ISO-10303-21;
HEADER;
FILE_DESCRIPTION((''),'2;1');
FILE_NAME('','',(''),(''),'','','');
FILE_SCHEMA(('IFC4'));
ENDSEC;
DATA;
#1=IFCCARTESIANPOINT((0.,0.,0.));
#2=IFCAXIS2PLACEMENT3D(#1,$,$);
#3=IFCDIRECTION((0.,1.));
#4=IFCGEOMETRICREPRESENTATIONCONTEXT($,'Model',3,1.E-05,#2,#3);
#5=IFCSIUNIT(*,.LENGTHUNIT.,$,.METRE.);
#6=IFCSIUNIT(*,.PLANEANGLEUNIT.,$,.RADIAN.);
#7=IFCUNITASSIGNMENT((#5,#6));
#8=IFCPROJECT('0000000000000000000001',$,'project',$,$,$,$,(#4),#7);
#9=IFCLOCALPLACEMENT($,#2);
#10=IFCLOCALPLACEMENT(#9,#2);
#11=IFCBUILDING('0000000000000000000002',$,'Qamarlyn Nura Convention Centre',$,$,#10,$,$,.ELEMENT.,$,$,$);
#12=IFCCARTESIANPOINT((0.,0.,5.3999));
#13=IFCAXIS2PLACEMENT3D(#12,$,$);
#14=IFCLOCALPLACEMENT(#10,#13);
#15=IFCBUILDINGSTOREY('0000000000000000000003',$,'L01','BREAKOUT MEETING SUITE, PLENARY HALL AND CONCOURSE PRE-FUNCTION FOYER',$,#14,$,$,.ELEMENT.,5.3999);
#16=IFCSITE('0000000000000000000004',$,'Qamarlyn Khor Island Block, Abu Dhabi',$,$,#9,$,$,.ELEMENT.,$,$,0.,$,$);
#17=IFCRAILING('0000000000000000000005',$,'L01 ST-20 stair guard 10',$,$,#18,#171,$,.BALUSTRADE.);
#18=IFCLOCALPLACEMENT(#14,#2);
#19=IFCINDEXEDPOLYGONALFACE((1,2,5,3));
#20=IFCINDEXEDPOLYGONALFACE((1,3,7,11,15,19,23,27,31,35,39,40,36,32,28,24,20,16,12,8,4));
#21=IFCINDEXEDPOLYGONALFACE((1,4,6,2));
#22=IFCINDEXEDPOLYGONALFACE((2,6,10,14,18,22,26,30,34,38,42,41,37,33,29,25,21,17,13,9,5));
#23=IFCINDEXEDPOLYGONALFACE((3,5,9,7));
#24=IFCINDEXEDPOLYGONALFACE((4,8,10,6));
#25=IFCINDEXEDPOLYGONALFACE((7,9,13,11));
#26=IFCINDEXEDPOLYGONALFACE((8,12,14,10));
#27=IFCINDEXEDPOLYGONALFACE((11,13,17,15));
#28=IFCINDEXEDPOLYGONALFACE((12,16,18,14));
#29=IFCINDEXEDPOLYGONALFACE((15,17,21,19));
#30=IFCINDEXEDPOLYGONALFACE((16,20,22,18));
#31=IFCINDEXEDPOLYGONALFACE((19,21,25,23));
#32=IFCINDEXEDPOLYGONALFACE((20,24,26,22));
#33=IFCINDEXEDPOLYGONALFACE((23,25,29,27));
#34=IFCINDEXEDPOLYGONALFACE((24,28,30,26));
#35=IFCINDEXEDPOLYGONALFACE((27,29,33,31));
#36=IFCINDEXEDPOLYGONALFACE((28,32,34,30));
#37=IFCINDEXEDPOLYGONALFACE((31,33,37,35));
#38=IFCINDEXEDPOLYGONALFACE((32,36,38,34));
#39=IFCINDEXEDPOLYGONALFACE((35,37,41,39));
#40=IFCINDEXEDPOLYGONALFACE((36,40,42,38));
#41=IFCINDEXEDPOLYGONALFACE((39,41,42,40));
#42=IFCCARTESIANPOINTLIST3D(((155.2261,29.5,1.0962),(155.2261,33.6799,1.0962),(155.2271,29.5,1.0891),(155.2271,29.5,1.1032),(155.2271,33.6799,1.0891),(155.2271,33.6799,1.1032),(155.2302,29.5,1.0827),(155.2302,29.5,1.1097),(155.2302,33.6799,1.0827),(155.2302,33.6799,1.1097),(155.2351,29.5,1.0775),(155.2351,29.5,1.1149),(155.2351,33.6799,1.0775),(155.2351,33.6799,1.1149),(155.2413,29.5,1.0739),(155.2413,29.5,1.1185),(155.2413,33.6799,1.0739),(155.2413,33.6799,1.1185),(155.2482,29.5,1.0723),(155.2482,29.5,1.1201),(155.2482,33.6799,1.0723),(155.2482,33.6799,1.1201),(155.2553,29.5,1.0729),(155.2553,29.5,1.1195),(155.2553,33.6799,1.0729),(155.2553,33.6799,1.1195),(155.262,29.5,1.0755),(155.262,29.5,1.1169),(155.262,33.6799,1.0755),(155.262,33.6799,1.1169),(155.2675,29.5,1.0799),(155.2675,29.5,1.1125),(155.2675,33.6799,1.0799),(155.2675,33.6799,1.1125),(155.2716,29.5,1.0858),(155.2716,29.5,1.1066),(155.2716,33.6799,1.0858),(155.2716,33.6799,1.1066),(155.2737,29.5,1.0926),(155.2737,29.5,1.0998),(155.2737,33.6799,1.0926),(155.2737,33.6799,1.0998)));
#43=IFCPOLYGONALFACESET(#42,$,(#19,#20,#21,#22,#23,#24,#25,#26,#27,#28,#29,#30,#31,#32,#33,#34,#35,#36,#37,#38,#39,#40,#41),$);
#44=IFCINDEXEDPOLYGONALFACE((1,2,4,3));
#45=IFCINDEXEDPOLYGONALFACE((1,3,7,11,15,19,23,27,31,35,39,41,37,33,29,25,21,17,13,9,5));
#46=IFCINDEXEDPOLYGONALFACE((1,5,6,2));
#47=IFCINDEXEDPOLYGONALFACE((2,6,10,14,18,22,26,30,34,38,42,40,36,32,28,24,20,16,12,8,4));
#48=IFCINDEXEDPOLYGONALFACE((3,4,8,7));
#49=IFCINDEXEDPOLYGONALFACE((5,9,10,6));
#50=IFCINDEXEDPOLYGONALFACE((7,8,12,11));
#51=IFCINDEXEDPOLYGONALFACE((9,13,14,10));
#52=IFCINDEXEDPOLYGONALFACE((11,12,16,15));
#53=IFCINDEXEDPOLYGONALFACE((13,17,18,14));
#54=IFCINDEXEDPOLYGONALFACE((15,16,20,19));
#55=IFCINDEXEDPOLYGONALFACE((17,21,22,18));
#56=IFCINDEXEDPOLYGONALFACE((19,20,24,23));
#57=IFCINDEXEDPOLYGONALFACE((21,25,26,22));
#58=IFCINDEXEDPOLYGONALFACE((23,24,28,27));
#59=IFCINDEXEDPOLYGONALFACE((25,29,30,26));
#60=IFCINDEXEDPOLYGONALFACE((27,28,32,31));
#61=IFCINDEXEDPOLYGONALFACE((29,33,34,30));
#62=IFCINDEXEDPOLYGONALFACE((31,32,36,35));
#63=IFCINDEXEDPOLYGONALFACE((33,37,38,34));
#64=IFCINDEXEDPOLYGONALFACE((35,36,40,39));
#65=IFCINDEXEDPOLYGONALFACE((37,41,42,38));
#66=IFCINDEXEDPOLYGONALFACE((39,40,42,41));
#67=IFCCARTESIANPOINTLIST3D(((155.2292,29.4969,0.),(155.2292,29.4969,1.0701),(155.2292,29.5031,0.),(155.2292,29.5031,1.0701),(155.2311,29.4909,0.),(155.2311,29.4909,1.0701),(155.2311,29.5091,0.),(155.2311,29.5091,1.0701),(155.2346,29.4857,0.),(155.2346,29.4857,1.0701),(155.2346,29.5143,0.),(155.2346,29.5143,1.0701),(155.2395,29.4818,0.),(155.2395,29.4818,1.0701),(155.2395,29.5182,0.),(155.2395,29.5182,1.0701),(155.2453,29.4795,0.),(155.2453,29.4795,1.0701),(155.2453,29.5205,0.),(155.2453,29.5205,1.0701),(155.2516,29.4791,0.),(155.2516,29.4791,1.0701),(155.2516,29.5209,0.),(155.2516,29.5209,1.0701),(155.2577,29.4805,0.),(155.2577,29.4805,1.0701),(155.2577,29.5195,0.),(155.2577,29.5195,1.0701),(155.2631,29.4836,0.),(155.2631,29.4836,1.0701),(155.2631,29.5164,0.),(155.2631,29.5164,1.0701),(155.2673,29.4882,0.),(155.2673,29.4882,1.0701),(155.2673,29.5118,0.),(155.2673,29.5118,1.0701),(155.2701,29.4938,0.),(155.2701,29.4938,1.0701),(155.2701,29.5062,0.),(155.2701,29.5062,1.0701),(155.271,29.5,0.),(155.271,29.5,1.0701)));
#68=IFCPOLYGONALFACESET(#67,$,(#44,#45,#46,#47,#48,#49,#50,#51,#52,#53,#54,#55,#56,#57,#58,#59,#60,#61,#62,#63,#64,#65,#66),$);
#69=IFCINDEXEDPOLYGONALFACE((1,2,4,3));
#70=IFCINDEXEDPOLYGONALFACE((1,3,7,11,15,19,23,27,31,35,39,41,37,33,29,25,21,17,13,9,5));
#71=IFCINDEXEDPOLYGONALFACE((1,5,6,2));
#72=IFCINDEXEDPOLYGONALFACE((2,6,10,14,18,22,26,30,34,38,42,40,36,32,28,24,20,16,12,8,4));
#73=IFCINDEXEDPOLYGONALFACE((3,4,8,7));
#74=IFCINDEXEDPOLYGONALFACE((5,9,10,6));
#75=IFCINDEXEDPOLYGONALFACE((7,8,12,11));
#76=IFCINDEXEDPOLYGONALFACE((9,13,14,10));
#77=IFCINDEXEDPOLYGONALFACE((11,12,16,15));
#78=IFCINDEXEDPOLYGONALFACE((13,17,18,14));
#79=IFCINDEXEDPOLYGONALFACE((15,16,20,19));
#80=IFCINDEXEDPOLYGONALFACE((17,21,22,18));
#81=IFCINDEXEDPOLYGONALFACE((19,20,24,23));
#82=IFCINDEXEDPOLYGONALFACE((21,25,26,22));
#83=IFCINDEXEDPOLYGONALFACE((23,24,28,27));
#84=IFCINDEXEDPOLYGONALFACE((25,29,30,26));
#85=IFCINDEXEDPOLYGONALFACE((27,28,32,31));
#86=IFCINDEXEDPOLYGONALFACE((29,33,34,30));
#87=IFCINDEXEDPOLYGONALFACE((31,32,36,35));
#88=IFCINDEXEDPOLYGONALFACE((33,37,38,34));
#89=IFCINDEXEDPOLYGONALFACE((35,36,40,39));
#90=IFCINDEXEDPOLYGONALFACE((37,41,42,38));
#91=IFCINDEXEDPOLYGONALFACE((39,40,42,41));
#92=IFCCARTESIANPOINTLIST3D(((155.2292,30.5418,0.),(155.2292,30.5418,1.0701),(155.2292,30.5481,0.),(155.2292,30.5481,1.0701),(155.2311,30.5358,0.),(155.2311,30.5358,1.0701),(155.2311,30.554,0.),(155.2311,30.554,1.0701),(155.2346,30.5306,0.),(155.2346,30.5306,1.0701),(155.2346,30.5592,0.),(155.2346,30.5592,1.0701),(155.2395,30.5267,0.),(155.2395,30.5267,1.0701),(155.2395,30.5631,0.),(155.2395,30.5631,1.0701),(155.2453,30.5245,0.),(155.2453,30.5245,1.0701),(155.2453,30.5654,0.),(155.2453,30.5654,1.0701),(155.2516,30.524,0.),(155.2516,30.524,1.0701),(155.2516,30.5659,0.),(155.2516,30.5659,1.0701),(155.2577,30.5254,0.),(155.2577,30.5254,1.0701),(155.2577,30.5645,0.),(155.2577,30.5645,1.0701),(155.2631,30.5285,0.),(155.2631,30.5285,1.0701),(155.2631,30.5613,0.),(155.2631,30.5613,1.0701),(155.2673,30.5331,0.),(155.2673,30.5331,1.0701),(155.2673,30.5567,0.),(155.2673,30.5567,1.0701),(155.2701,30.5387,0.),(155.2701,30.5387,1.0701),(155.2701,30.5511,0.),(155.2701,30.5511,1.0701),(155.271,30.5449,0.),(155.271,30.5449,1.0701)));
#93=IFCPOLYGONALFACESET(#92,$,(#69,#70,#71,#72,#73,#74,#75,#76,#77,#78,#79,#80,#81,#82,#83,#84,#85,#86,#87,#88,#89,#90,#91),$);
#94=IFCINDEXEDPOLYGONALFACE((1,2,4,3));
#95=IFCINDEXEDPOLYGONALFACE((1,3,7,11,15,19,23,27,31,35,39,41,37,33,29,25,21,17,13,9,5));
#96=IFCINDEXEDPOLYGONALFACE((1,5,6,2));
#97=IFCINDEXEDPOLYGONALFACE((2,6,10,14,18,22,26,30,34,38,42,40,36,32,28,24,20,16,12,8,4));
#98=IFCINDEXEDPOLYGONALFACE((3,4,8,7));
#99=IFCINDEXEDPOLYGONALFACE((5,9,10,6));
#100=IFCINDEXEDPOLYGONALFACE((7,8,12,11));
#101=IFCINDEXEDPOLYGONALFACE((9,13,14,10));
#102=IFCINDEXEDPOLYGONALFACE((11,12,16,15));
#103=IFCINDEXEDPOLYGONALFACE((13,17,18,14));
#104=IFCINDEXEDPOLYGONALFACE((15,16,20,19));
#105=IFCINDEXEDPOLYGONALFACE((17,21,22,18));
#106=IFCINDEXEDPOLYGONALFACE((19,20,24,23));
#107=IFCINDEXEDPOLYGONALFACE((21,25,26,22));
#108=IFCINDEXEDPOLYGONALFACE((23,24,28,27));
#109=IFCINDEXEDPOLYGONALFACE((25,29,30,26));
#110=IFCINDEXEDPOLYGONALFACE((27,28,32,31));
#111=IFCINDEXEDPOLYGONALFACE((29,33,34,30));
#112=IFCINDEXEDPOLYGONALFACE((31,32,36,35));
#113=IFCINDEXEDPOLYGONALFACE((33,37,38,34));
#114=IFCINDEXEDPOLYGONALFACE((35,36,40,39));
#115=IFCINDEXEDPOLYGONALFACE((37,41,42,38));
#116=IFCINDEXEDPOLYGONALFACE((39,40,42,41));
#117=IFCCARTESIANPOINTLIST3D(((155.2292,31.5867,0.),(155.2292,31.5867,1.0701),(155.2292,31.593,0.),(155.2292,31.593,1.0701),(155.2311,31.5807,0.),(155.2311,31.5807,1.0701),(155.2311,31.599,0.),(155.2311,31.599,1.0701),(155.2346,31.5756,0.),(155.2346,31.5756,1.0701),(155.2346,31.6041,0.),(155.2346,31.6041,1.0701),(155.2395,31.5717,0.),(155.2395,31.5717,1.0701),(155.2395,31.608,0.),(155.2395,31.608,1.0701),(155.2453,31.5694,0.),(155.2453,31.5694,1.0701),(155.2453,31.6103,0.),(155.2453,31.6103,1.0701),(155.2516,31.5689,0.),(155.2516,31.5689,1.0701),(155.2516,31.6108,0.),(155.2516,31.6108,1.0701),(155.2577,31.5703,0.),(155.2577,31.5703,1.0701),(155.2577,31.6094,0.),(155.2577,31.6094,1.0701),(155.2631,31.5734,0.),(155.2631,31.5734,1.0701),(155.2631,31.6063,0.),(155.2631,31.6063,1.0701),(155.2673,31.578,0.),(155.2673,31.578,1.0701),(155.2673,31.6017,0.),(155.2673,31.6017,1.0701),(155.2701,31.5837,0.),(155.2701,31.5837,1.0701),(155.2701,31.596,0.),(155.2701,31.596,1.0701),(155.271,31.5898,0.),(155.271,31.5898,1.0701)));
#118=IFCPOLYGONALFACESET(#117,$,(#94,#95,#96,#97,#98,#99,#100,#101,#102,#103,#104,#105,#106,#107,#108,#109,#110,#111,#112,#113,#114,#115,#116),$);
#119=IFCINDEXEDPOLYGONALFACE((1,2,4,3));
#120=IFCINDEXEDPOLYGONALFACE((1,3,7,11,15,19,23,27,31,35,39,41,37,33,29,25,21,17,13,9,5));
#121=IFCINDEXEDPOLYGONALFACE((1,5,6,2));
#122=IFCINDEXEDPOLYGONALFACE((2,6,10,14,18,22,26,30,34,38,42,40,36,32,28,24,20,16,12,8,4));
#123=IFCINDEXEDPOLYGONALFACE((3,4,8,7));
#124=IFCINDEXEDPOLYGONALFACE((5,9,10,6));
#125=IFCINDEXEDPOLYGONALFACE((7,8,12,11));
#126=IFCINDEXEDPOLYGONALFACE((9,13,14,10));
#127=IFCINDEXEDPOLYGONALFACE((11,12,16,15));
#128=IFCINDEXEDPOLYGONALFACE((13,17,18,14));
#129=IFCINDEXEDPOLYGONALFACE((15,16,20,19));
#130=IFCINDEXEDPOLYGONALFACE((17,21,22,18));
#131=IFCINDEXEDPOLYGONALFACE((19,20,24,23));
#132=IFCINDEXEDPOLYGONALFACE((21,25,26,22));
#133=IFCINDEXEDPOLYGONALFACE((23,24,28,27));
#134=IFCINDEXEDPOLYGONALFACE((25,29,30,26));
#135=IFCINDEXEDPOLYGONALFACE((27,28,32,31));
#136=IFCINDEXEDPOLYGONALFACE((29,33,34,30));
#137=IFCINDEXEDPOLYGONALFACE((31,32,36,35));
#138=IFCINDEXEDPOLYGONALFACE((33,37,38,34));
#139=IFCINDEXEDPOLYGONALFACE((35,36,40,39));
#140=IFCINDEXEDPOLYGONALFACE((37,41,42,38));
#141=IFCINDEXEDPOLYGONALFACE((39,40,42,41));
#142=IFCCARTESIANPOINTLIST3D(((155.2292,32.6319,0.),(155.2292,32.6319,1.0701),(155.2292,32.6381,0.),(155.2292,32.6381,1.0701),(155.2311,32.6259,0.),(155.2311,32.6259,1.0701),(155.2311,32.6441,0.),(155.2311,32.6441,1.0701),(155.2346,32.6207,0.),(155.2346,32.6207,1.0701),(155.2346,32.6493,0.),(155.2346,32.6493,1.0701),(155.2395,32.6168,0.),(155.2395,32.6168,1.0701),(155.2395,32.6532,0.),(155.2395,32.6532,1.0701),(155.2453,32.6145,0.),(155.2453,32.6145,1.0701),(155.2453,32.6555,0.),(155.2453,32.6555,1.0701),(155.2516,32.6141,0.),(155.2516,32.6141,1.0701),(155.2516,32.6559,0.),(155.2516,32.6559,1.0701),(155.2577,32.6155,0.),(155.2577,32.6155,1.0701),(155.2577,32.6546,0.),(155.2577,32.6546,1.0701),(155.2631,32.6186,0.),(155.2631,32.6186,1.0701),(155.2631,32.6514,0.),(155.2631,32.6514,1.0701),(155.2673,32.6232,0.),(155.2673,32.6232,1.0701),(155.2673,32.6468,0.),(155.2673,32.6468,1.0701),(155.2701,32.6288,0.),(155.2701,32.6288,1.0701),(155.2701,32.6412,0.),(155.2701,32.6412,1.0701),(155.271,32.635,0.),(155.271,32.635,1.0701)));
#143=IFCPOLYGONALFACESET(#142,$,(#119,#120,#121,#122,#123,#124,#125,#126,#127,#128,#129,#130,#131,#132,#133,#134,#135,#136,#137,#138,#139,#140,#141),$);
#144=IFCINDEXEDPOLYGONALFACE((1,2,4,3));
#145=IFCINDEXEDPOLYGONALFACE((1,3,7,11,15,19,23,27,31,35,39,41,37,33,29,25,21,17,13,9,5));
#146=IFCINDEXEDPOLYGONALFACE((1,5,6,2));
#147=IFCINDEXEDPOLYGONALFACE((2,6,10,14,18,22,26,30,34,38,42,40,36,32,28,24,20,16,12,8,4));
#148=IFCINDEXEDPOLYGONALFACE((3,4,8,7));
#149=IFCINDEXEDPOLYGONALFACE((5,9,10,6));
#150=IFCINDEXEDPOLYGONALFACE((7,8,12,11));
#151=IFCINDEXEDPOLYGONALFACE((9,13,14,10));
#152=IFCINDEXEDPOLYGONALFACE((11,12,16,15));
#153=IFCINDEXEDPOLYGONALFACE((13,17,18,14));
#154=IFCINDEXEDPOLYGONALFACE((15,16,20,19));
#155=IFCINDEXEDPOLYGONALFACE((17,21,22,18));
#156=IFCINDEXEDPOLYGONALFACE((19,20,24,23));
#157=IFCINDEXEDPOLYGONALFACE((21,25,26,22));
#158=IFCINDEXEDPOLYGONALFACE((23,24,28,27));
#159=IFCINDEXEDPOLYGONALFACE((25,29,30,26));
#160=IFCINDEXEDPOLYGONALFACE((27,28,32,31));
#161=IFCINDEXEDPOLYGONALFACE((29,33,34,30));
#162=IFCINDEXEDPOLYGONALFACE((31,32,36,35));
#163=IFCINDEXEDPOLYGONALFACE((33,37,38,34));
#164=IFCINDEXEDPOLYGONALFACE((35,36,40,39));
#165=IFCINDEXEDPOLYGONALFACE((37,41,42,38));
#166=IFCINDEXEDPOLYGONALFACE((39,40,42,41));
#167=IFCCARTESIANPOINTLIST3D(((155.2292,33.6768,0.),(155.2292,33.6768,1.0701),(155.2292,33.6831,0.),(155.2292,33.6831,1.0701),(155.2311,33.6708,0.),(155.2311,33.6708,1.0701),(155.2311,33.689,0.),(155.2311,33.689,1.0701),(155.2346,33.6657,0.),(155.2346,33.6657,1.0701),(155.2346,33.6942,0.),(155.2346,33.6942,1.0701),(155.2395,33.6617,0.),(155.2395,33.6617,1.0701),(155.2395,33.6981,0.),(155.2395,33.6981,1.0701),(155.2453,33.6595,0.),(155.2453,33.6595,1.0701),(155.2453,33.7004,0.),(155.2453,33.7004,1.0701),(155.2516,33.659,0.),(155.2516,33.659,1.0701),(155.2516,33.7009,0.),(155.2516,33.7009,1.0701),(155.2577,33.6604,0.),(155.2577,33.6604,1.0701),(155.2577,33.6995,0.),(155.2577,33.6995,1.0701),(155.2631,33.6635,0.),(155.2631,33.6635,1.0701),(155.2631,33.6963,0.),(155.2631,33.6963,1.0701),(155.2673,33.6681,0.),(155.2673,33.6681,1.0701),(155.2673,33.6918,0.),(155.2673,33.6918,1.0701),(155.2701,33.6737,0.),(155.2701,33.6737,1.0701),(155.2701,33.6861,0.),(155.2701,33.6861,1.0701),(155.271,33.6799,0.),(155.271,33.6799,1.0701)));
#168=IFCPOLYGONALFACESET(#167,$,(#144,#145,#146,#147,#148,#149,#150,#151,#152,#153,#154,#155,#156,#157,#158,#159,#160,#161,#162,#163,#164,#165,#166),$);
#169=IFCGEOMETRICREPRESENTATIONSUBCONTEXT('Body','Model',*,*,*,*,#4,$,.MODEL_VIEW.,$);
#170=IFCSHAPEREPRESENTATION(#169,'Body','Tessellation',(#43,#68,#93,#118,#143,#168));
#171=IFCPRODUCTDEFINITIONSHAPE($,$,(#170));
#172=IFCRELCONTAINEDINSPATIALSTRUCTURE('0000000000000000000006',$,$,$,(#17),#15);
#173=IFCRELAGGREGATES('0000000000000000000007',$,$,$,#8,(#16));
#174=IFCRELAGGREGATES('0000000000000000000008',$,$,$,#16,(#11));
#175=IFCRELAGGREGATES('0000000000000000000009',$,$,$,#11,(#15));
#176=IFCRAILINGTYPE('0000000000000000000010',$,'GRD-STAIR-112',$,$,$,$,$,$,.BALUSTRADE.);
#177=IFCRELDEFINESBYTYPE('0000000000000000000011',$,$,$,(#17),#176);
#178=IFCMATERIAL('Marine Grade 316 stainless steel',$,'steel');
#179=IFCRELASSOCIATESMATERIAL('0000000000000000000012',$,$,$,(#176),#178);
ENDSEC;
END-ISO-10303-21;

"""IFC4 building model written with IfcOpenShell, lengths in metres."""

from ifc_helpers import new_model, si_unit, direction, frame, origin, origin_2d, place, context, subcontext, project, spatial, circle, extrude, material, type_object, element, save


model = new_model("IFC4")

# Units and contexts
model_context = context("Model", 3, precision=1e-05, world=origin(), true_north=direction((0.0, 1.0)))
body_context = subcontext(model_context, "Body", "Model", "MODEL_VIEW")
ifc_project = project(units=[si_unit("LENGTHUNIT", "METRE"), si_unit("PLANEANGLEUNIT", "RADIAN")], contexts=[model_context])

# Site, building, storey
site_placement = place(None, origin())
site = spatial("IfcSite", under=ifc_project, at=site_placement, Name="Qamarlyn Khor Island Block, Abu Dhabi", CompositionType="ELEMENT", RefElevation=0.0)
building_placement = place(site_placement, origin())
building = spatial("IfcBuilding", under=site, at=building_placement, Name="Qamarlyn Nura Convention Centre", CompositionType="ELEMENT")
storey_placement = place(building_placement, frame((0.0, 0.0, 5.3999)))
storey = spatial("IfcBuildingStorey", under=building, at=storey_placement, Name="L01", Description="BREAKOUT MEETING SUITE, PLENARY HALL AND CONCOURSE PRE-FUNCTION FOYER", CompositionType="ELEMENT", Elevation=5.3999)

# Railing
ifc_material_1 = material(Name="Marine Grade 316 stainless steel", Category="steel")
railing_type_1 = type_object("IfcRailingType", Name="GRD-STAIR-112", PredefinedType="BALUSTRADE", material=ifc_material_1)
railing_1_placement = place(storey_placement, frame((155.25, 29.5, 0.0)))
element("IfcRailing", 1, at=railing_1_placement, inside=storey, type_object=railing_type_1, Name="L01 ST-20 stair guard 10", PredefinedType="BALUSTRADE", context=body_context, shape_type="SweptSolid", body=[
    extrude(circle(Radius=0.0239, at=origin_2d()), frame((0.0, 0.0, 1.0962), z_axis=(0.0, 1.0, 0.0), x_axis=(-1.0, 0.0, 0.0)), (0.0, 0.0, 1.0), 4.1799),
    extrude(circle(Radius=0.021, at=origin_2d()), origin(), (0.0, 0.0, 1.0), 1.0701),
    extrude(circle(Radius=0.021, at=origin_2d()), frame((0.0, 1.0449, 0.0)), (0.0, 0.0, 1.0), 1.0701),
    extrude(circle(Radius=0.021, at=origin_2d()), frame((0.0, 2.0898, 0.0)), (0.0, 0.0, 1.0), 1.0701),
    extrude(circle(Radius=0.021, at=origin_2d()), frame((0.0, 3.135, 0.0)), (0.0, 0.0, 1.0), 1.0701),
    extrude(circle(Radius=0.021, at=origin_2d()), frame((0.0, 4.1799, 0.0)), (0.0, 0.0, 1.0), 1.0701),
])

save(model, "model.ifc")
